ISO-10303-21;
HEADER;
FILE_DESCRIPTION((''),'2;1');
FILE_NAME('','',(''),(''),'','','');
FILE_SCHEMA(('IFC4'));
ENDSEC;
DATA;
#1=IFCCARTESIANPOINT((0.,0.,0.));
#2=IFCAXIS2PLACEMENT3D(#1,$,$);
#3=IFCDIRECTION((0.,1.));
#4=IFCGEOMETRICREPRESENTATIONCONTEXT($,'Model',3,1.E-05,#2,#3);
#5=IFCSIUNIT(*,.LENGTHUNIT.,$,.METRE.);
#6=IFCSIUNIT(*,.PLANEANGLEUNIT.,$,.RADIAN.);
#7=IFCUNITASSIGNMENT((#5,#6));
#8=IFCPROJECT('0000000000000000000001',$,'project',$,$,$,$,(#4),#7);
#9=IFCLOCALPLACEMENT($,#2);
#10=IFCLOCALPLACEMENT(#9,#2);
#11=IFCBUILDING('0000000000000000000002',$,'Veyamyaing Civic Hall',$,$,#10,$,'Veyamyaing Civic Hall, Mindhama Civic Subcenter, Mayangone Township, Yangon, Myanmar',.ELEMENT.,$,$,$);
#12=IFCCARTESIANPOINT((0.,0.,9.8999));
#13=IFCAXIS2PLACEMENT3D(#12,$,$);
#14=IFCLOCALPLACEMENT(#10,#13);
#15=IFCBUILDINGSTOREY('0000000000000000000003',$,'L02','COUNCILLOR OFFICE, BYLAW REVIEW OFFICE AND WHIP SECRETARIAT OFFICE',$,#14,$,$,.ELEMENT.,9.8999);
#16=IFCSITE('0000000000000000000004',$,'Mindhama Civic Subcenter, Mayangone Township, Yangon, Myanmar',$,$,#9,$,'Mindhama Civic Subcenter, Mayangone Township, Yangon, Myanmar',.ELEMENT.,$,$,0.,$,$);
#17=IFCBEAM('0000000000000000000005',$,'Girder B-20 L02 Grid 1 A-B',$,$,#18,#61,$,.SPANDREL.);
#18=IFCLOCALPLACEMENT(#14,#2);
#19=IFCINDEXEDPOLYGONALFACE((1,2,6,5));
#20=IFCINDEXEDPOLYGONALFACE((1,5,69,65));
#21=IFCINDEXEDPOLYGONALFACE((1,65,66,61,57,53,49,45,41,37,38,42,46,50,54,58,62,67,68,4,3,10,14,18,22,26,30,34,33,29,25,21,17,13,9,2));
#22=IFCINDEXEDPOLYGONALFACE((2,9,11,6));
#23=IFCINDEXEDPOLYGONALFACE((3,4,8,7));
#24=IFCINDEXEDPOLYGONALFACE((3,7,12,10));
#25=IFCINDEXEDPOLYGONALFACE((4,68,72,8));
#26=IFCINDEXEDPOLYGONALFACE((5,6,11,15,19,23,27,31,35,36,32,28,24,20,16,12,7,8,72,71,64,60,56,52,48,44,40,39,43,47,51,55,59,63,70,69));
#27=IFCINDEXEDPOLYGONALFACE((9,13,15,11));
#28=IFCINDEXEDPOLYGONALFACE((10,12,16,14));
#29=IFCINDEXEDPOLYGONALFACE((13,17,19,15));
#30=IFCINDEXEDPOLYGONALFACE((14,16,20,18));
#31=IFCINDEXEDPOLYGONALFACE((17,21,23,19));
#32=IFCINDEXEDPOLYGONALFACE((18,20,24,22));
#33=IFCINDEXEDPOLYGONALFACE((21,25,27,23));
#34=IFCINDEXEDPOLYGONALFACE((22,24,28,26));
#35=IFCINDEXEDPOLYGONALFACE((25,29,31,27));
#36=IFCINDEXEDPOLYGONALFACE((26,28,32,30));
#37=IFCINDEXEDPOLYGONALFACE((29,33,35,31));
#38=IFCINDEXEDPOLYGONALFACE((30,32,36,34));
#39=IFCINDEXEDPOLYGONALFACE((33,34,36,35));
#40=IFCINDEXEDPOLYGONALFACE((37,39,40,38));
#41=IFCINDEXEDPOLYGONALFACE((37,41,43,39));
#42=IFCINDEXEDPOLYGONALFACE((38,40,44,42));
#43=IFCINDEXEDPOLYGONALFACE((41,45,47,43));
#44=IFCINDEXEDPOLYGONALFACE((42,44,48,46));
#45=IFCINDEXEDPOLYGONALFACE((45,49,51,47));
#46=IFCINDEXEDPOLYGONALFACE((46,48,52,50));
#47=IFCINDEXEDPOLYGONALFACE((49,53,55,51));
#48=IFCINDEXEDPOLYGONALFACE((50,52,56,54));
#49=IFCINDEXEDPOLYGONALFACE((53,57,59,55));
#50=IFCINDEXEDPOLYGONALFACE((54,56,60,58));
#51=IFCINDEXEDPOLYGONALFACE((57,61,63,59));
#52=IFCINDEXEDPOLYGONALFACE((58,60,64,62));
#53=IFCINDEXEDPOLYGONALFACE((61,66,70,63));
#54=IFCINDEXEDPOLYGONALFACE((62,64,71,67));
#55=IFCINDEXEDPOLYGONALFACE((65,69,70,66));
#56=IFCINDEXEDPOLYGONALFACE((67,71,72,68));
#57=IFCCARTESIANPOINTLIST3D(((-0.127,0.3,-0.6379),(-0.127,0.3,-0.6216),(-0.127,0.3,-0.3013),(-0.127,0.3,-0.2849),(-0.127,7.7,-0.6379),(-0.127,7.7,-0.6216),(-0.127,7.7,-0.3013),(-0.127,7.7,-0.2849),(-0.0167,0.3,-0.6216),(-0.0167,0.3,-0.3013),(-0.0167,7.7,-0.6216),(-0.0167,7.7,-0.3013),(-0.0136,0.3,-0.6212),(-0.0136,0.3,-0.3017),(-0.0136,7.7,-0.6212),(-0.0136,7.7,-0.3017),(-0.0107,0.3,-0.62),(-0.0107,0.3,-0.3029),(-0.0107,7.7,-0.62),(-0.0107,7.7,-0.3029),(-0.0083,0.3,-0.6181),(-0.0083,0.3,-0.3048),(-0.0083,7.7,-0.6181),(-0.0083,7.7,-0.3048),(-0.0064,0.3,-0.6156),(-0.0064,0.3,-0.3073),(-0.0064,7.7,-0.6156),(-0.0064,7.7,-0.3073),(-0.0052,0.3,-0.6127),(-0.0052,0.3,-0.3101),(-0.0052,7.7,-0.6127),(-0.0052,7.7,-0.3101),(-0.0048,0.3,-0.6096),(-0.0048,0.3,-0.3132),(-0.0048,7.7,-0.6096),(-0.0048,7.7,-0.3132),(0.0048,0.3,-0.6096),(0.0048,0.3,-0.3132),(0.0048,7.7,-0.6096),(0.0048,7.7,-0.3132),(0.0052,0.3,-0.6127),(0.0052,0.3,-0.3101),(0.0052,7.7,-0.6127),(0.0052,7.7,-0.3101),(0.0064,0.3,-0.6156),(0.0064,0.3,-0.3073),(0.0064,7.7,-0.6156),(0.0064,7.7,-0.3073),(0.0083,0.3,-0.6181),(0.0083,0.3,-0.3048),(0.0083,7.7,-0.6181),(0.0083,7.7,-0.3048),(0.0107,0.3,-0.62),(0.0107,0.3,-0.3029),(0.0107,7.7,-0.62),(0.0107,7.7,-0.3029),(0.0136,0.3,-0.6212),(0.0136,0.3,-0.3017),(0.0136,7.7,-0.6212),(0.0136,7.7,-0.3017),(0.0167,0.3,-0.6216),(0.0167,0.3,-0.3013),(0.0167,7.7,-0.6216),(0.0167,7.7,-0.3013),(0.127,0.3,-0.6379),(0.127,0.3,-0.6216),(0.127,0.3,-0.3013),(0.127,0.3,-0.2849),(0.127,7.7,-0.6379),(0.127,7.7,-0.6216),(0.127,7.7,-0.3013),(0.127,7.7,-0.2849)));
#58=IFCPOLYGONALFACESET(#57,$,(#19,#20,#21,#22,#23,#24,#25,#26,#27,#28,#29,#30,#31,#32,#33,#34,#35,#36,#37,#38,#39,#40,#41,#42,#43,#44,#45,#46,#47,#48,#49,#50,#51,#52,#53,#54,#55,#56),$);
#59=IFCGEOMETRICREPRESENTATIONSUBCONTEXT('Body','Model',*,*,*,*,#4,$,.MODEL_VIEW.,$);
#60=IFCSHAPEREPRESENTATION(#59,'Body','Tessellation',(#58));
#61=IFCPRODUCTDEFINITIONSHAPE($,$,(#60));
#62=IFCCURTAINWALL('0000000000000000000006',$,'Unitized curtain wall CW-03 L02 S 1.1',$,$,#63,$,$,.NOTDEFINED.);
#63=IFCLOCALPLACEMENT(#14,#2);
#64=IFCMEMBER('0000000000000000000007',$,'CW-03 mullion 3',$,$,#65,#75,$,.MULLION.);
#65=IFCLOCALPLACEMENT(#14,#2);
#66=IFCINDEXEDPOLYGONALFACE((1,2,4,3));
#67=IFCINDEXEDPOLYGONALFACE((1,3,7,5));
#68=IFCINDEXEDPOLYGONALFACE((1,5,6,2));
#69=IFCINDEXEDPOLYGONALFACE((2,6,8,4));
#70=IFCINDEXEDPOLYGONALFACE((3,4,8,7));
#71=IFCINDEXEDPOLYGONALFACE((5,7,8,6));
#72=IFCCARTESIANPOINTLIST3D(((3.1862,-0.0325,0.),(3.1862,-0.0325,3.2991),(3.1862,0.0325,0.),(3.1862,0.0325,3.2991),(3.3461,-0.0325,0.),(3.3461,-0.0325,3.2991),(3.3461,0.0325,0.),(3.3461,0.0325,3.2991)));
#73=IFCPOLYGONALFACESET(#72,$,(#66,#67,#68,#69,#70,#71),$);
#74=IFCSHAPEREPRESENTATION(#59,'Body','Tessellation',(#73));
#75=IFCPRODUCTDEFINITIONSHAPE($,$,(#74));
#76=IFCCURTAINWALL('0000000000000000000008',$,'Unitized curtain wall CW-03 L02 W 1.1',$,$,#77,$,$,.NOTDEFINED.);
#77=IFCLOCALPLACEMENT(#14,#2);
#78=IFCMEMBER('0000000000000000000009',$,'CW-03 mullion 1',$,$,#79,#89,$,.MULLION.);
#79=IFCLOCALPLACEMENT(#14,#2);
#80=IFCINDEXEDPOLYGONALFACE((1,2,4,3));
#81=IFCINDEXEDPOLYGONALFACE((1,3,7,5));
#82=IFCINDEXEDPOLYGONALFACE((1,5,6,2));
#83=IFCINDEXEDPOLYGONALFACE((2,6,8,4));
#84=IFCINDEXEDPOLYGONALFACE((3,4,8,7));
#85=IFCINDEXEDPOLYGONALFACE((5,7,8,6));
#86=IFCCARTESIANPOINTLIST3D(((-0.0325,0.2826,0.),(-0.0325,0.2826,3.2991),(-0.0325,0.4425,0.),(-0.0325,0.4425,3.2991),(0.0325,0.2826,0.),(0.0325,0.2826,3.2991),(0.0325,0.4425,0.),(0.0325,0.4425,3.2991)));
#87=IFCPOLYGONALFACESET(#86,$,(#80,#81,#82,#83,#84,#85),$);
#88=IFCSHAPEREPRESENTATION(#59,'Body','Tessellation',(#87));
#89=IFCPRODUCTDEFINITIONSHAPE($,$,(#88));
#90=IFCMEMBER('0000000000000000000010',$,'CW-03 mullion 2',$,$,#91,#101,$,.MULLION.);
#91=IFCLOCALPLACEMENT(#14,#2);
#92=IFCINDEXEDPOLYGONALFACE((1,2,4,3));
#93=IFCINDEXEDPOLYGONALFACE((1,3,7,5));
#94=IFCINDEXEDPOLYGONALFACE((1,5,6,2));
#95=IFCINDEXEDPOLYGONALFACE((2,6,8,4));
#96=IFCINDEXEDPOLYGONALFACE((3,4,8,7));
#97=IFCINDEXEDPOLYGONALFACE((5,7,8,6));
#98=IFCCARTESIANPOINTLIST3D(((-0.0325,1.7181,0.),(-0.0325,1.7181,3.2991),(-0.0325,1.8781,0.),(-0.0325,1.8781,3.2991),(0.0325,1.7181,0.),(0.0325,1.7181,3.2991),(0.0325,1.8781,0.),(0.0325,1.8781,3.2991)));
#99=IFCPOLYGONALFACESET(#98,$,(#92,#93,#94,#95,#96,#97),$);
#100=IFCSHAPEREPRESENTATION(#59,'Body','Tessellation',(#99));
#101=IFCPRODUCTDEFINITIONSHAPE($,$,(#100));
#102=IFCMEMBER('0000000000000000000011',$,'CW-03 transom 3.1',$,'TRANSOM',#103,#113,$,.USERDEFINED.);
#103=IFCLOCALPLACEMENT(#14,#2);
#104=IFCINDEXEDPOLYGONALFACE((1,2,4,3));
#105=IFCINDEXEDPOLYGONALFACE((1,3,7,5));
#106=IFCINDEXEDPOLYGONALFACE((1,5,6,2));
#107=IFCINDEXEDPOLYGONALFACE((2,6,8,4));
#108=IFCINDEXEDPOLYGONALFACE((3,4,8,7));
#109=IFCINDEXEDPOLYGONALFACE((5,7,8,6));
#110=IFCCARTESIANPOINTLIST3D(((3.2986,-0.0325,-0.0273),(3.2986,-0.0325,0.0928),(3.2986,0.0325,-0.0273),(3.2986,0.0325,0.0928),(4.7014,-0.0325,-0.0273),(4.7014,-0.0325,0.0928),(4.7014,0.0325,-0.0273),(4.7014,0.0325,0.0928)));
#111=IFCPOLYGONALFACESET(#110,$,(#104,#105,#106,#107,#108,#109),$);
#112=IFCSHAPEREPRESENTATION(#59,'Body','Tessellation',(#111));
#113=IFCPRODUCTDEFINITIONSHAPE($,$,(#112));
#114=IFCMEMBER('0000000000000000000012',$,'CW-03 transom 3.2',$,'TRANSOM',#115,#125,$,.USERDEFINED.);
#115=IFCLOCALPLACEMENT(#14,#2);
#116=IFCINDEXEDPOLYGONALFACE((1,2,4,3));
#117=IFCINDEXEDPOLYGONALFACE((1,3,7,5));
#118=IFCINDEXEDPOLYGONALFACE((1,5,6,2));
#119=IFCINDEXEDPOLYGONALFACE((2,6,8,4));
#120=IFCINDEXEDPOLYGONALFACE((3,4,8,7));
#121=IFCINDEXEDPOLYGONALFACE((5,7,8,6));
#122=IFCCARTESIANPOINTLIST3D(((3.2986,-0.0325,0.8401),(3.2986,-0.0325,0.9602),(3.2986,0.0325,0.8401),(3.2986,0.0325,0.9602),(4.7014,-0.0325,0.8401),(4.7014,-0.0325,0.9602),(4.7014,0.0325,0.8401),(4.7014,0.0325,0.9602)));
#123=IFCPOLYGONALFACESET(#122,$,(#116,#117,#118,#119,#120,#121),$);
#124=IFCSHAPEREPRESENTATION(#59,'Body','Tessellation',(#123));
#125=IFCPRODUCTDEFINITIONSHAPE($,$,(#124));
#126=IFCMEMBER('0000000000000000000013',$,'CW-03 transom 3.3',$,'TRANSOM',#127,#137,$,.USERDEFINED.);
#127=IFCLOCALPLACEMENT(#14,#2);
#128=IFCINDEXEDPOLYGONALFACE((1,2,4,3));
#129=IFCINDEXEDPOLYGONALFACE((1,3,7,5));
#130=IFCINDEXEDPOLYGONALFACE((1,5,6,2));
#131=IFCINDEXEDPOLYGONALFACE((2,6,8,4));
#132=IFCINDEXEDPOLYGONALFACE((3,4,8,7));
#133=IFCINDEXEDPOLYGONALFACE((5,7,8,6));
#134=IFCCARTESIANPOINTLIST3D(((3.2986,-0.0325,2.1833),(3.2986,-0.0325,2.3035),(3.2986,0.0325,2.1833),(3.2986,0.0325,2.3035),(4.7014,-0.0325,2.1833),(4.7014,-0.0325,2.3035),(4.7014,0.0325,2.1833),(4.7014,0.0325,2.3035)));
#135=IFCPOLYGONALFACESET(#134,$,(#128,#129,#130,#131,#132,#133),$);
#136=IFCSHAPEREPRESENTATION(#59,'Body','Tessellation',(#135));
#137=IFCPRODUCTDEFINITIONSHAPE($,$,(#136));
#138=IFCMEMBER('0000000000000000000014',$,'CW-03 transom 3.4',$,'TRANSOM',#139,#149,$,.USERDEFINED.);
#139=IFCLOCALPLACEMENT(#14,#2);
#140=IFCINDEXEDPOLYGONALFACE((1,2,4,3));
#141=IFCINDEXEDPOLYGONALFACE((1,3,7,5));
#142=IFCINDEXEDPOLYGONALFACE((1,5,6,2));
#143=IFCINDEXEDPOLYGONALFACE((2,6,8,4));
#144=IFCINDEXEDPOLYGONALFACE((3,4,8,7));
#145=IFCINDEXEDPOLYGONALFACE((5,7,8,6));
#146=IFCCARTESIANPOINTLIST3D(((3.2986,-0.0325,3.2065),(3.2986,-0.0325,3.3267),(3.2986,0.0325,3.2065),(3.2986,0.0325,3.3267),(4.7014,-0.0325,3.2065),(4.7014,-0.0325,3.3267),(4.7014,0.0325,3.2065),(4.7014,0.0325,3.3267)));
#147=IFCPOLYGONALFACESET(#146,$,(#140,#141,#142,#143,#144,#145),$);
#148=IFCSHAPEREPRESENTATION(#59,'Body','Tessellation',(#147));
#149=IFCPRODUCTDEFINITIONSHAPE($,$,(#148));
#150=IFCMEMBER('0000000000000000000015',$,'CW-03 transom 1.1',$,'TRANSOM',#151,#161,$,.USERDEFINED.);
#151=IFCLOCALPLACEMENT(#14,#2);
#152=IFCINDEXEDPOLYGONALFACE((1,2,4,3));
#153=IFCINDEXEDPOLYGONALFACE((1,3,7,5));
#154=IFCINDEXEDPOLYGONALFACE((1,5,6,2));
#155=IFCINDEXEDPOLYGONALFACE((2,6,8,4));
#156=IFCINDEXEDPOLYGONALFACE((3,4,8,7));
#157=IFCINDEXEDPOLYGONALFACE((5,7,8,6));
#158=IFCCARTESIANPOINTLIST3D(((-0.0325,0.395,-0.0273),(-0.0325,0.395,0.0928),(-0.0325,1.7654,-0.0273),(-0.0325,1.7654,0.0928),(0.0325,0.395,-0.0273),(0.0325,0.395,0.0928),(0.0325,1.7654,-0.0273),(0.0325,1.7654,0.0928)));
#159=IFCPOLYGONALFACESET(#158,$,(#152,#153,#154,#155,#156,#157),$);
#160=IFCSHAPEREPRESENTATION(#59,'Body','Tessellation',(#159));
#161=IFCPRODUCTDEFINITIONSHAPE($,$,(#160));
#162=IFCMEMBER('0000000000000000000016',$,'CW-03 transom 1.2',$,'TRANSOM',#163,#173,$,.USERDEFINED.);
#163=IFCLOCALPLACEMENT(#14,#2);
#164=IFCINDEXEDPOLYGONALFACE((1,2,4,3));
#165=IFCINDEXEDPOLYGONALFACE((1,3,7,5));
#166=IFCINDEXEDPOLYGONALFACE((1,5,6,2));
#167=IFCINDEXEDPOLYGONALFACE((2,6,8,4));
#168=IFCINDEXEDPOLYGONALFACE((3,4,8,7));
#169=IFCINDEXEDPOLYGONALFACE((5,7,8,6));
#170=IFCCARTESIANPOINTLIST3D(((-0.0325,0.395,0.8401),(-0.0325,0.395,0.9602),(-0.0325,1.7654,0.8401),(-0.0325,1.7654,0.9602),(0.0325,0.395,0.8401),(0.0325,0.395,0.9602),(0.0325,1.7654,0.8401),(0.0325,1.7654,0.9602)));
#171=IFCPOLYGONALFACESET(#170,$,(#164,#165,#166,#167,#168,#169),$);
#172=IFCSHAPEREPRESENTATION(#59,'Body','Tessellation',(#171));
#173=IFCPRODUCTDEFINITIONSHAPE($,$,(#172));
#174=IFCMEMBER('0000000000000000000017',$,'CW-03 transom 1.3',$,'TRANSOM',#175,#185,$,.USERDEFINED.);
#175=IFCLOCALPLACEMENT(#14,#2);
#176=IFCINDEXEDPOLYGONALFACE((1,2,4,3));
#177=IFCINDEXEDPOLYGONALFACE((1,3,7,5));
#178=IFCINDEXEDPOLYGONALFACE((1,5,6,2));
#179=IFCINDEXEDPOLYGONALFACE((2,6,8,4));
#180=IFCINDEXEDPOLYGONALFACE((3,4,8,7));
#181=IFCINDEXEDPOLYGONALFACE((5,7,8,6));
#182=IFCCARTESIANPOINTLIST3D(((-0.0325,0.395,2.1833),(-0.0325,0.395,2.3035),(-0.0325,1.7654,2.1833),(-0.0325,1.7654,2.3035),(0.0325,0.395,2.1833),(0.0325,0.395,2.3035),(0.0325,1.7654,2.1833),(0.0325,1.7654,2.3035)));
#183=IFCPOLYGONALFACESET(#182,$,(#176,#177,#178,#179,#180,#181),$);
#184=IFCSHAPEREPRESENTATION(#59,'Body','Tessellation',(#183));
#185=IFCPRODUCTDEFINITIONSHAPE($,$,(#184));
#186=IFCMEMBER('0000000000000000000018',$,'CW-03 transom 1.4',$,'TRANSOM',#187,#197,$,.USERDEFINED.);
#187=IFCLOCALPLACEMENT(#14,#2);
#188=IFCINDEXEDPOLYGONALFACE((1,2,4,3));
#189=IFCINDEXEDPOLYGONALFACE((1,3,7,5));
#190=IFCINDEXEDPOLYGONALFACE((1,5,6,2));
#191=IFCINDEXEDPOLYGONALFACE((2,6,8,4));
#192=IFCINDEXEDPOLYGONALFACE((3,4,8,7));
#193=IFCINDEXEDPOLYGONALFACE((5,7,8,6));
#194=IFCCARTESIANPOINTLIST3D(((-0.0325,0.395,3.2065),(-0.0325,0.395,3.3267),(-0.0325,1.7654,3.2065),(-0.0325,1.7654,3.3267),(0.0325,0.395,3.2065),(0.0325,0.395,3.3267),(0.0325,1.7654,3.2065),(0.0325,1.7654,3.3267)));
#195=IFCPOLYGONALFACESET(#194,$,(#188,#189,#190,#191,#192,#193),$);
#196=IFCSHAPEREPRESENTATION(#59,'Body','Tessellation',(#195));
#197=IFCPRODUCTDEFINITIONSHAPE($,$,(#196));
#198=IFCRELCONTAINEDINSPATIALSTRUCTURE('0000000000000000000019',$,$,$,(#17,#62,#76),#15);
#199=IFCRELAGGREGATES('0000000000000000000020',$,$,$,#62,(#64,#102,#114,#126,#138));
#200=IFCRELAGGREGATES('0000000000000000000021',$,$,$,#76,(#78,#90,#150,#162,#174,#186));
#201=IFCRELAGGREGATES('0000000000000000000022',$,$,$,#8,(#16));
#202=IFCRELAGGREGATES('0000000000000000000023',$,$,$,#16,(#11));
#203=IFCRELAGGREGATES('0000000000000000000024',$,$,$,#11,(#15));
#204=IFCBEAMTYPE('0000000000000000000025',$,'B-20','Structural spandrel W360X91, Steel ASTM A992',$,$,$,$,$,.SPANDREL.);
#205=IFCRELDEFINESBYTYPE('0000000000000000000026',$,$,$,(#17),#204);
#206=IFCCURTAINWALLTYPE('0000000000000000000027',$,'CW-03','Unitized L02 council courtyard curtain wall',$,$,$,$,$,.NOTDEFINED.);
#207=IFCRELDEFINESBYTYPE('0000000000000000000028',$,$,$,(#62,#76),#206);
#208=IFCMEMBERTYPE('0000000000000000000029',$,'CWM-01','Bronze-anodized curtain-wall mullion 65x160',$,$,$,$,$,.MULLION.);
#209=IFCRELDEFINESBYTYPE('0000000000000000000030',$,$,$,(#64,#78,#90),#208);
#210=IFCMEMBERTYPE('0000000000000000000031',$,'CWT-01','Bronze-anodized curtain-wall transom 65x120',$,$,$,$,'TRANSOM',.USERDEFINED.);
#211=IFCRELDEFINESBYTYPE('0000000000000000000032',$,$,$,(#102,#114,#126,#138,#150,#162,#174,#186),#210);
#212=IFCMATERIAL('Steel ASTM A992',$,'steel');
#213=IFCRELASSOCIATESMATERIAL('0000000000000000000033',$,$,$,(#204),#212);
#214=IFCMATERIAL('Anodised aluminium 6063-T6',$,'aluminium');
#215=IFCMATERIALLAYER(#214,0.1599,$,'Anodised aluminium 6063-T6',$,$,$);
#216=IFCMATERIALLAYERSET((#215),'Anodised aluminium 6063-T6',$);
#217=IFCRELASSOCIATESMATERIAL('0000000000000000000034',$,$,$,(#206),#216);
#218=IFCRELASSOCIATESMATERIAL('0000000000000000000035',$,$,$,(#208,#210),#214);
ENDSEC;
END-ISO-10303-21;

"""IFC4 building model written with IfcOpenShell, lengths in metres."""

from ifc_helpers import new_model, si_unit, direction, frame, origin, origin_2d, place, context, subcontext, project, spatial, rectangle, i_section, extrude, material, layer, layer_set, material_profile, profile_set, type_object, element, aggregate, save


model = new_model("IFC4")

# Units and contexts
model_context = context("Model", 3, precision=1e-05, world=origin(), true_north=direction((0.0, 1.0)))
body_context = subcontext(model_context, "Body", "Model", "MODEL_VIEW")
ifc_project = project(units=[si_unit("LENGTHUNIT", "METRE"), si_unit("PLANEANGLEUNIT", "RADIAN")], contexts=[model_context])

# Site, building, storey
site_placement = place(None, origin())
site = spatial("IfcSite", under=ifc_project, at=site_placement, Name="Mindhama Civic Subcenter, Mayangone Township, Yangon, Myanmar", LongName="Mindhama Civic Subcenter, Mayangone Township, Yangon, Myanmar", CompositionType="ELEMENT", RefElevation=0.0)
building_placement = place(site_placement, origin())
building = spatial("IfcBuilding", under=site, at=building_placement, Name="Veyamyaing Civic Hall", LongName="Veyamyaing Civic Hall, Mindhama Civic Subcenter, Mayangone Township, Yangon, Myanmar", CompositionType="ELEMENT")
storey_placement = place(building_placement, frame((0.0, 0.0, 9.8999)))
storey = spatial("IfcBuildingStorey", under=building, at=storey_placement, Name="L02", Description="COUNCILLOR OFFICE, BYLAW REVIEW OFFICE AND WHIP SECRETARIAT OFFICE", CompositionType="ELEMENT", Elevation=9.8999)

# Beam
ifc_material_1 = material(Name="Steel ASTM A992", Category="steel")
ifc_material_profile_1 = material_profile(ifc_material_1, i_section(OverallWidth=0.2539, OverallDepth=0.353, WebThickness=0.0095, FlangeThickness=0.0164, FilletRadius=0.012, at=origin_2d()), Name="W360X91")
ifc_profile_set_1 = profile_set([ifc_material_profile_1], Name="Steel ASTM A992")
beam_type = type_object("IfcBeamType", Name="B-20", Description="Structural spandrel W360X91, Steel ASTM A992", PredefinedType="SPANDREL", material=ifc_profile_set_1)
beam_placement = place(storey_placement, frame((0.0, 0.3, -0.4614), z_axis=(0.0, 1.0, 0.0), x_axis=(-1.0, 0.0, 0.0)))
element("IfcBeam", 1, at=beam_placement, inside=storey, type_object=beam_type, Name="Girder B-20 L02 Grid 1 A-B", PredefinedType="SPANDREL", context=body_context, shape_type="SweptSolid", body=[
    extrude(i_section(OverallWidth=0.2539, OverallDepth=0.353, WebThickness=0.0095, FlangeThickness=0.0164, FilletRadius=0.012, at=origin_2d()), origin(), (0.0, 0.0, 1.0), 7.3999),
])

# Curtain wall, member
ifc_material_2 = material(Name="Anodised aluminium 6063-T6", Category="aluminium")
ifc_layer_1 = layer(ifc_material_2, 0.1599, Name="Anodised aluminium 6063-T6")
ifc_layer_set_1 = layer_set([ifc_layer_1], Name="Anodised aluminium 6063-T6")
curtain_wall_type = type_object("IfcCurtainWallType", Name="CW-03", Description="Unitized L02 council courtyard curtain wall", PredefinedType="NOTDEFINED", material=ifc_layer_set_1)
curtain_wall_1_placement = place(storey_placement, origin())
curtain_wall_1 = element("IfcCurtainWall", 2, at=curtain_wall_1_placement, inside=storey, type_object=curtain_wall_type, Name="Unitized curtain wall CW-03 L02 S 1.1", PredefinedType="NOTDEFINED")
ifc_material_profile_2 = material_profile(ifc_material_2, rectangle(XDim=0.0649, YDim=0.1599, at=origin_2d()), Name="ALU-MUL-65X160")
ifc_profile_set_2 = profile_set([ifc_material_profile_2], Name="Anodised aluminium 6063-T6")
member_type_1 = type_object("IfcMemberType", Name="CWM-01", Description="Bronze-anodized curtain-wall mullion 65x160", PredefinedType="MULLION", material=ifc_profile_set_2)
member_1_placement = place(storey_placement, frame((3.2661, 0.0, 0.0), z_axis=(0.0, 0.0, 1.0), x_axis=(0.0, 1.0, 0.0)))
member_1 = element("IfcMember", 3, at=member_1_placement, type_object=member_type_1, Name="CW-03 mullion 3", PredefinedType="MULLION", context=body_context, shape_type="SweptSolid", body=[
    extrude(rectangle(XDim=0.0649, YDim=0.1599, at=origin_2d()), origin(), (0.0, 0.0, 1.0), 3.2991),
])

# Curtain wall, members
curtain_wall_2_placement = place(storey_placement, origin())
curtain_wall_2 = element("IfcCurtainWall", 4, at=curtain_wall_2_placement, inside=storey, type_object=curtain_wall_type, Name="Unitized curtain wall CW-03 L02 W 1.1", PredefinedType="NOTDEFINED")
member_2_placement = place(storey_placement, frame((0.0, 0.3625, 0.0), z_axis=(0.0, 0.0, 1.0), x_axis=(-1.0, 0.0, 0.0)))
member_2 = element("IfcMember", 5, at=member_2_placement, type_object=member_type_1, Name="CW-03 mullion 1", PredefinedType="MULLION", context=body_context, shape_type="SweptSolid", body=[
    extrude(rectangle(XDim=0.0649, YDim=0.1599, at=origin_2d()), origin(), (0.0, 0.0, 1.0), 3.2991),
])
member_3_placement = place(storey_placement, frame((0.0, 1.7981, 0.0), z_axis=(0.0, 0.0, 1.0), x_axis=(-1.0, 0.0, 0.0)))
member_3 = element("IfcMember", 6, at=member_3_placement, type_object=member_type_1, Name="CW-03 mullion 2", PredefinedType="MULLION", context=body_context, shape_type="SweptSolid", body=[
    extrude(rectangle(XDim=0.0649, YDim=0.1599, at=origin_2d()), origin(), (0.0, 0.0, 1.0), 3.2991),
])

# Members
ifc_material_profile_3 = material_profile(ifc_material_2, rectangle(XDim=0.0649, YDim=0.1201, at=origin_2d()), Name="ALU-TRN-65X120")
ifc_profile_set_3 = profile_set([ifc_material_profile_3], Name="Anodised aluminium 6063-T6")
member_type_2 = type_object("IfcMemberType", Name="CWT-01", Description="Bronze-anodized curtain-wall transom 65x120", ElementType="TRANSOM", PredefinedType="USERDEFINED", material=ifc_profile_set_3)
member_4_placement = place(storey_placement, frame((3.2986, 0.0, 0.0327), z_axis=(1.0, 0.0, 0.0), x_axis=(0.0, 1.0, 0.0)))
member_4 = element("IfcMember", 7, at=member_4_placement, type_object=member_type_2, Name="CW-03 transom 3.1", ObjectType="TRANSOM", PredefinedType="USERDEFINED", context=body_context, shape_type="SweptSolid", body=[
    extrude(rectangle(XDim=0.0649, YDim=0.1201, at=origin_2d()), origin(), (0.0, 0.0, 1.0), 1.4028),
])
member_5_placement = place(storey_placement, frame((3.2986, 0.0, 0.9001), z_axis=(1.0, 0.0, 0.0), x_axis=(0.0, 1.0, 0.0)))
member_5 = element("IfcMember", 8, at=member_5_placement, type_object=member_type_2, Name="CW-03 transom 3.2", ObjectType="TRANSOM", PredefinedType="USERDEFINED", context=body_context, shape_type="SweptSolid", body=[
    extrude(rectangle(XDim=0.0649, YDim=0.1201, at=origin_2d()), origin(), (0.0, 0.0, 1.0), 1.4028),
])
member_6_placement = place(storey_placement, frame((3.2986, 0.0, 2.2434), z_axis=(1.0, 0.0, 0.0), x_axis=(0.0, 1.0, 0.0)))
member_6 = element("IfcMember", 9, at=member_6_placement, type_object=member_type_2, Name="CW-03 transom 3.3", ObjectType="TRANSOM", PredefinedType="USERDEFINED", context=body_context, shape_type="SweptSolid", body=[
    extrude(rectangle(XDim=0.0649, YDim=0.1201, at=origin_2d()), origin(), (0.0, 0.0, 1.0), 1.4028),
])
member_7_placement = place(storey_placement, frame((3.2986, 0.0, 3.2666), z_axis=(1.0, 0.0, 0.0), x_axis=(0.0, 1.0, 0.0)))
member_7 = element("IfcMember", 10, at=member_7_placement, type_object=member_type_2, Name="CW-03 transom 3.4", ObjectType="TRANSOM", PredefinedType="USERDEFINED", context=body_context, shape_type="SweptSolid", body=[
    extrude(rectangle(XDim=0.0649, YDim=0.1201, at=origin_2d()), origin(), (0.0, 0.0, 1.0), 1.4028),
])
member_8_placement = place(storey_placement, frame((0.0, 0.395, 0.0327), z_axis=(0.0, 1.0, 0.0), x_axis=(-1.0, 0.0, 0.0)))
member_8 = element("IfcMember", 11, at=member_8_placement, type_object=member_type_2, Name="CW-03 transom 1.1", ObjectType="TRANSOM", PredefinedType="USERDEFINED", context=body_context, shape_type="SweptSolid", body=[
    extrude(rectangle(XDim=0.0649, YDim=0.1201, at=origin_2d()), origin(), (0.0, 0.0, 1.0), 1.3704),
])
member_9_placement = place(storey_placement, frame((0.0, 0.395, 0.9001), z_axis=(0.0, 1.0, 0.0), x_axis=(-1.0, 0.0, 0.0)))
member_9 = element("IfcMember", 12, at=member_9_placement, type_object=member_type_2, Name="CW-03 transom 1.2", ObjectType="TRANSOM", PredefinedType="USERDEFINED", context=body_context, shape_type="SweptSolid", body=[
    extrude(rectangle(XDim=0.0649, YDim=0.1201, at=origin_2d()), origin(), (0.0, 0.0, 1.0), 1.3704),
])
member_10_placement = place(storey_placement, frame((0.0, 0.395, 2.2434), z_axis=(0.0, 1.0, 0.0), x_axis=(-1.0, 0.0, 0.0)))
member_10 = element("IfcMember", 13, at=member_10_placement, type_object=member_type_2, Name="CW-03 transom 1.3", ObjectType="TRANSOM", PredefinedType="USERDEFINED", context=body_context, shape_type="SweptSolid", body=[
    extrude(rectangle(XDim=0.0649, YDim=0.1201, at=origin_2d()), origin(), (0.0, 0.0, 1.0), 1.3704),
])
member_11_placement = place(storey_placement, frame((0.0, 0.395, 3.2666), z_axis=(0.0, 1.0, 0.0), x_axis=(-1.0, 0.0, 0.0)))
member_11 = element("IfcMember", 14, at=member_11_placement, type_object=member_type_2, Name="CW-03 transom 1.4", ObjectType="TRANSOM", PredefinedType="USERDEFINED", context=body_context, shape_type="SweptSolid", body=[
    extrude(rectangle(XDim=0.0649, YDim=0.1201, at=origin_2d()), origin(), (0.0, 0.0, 1.0), 1.3704),
])

aggregate(curtain_wall_1, [member_1, member_4, member_5, member_6, member_7])
aggregate(curtain_wall_2, [member_2, member_3, member_8, member_9, member_10, member_11])

save(model, "model.ifc")
